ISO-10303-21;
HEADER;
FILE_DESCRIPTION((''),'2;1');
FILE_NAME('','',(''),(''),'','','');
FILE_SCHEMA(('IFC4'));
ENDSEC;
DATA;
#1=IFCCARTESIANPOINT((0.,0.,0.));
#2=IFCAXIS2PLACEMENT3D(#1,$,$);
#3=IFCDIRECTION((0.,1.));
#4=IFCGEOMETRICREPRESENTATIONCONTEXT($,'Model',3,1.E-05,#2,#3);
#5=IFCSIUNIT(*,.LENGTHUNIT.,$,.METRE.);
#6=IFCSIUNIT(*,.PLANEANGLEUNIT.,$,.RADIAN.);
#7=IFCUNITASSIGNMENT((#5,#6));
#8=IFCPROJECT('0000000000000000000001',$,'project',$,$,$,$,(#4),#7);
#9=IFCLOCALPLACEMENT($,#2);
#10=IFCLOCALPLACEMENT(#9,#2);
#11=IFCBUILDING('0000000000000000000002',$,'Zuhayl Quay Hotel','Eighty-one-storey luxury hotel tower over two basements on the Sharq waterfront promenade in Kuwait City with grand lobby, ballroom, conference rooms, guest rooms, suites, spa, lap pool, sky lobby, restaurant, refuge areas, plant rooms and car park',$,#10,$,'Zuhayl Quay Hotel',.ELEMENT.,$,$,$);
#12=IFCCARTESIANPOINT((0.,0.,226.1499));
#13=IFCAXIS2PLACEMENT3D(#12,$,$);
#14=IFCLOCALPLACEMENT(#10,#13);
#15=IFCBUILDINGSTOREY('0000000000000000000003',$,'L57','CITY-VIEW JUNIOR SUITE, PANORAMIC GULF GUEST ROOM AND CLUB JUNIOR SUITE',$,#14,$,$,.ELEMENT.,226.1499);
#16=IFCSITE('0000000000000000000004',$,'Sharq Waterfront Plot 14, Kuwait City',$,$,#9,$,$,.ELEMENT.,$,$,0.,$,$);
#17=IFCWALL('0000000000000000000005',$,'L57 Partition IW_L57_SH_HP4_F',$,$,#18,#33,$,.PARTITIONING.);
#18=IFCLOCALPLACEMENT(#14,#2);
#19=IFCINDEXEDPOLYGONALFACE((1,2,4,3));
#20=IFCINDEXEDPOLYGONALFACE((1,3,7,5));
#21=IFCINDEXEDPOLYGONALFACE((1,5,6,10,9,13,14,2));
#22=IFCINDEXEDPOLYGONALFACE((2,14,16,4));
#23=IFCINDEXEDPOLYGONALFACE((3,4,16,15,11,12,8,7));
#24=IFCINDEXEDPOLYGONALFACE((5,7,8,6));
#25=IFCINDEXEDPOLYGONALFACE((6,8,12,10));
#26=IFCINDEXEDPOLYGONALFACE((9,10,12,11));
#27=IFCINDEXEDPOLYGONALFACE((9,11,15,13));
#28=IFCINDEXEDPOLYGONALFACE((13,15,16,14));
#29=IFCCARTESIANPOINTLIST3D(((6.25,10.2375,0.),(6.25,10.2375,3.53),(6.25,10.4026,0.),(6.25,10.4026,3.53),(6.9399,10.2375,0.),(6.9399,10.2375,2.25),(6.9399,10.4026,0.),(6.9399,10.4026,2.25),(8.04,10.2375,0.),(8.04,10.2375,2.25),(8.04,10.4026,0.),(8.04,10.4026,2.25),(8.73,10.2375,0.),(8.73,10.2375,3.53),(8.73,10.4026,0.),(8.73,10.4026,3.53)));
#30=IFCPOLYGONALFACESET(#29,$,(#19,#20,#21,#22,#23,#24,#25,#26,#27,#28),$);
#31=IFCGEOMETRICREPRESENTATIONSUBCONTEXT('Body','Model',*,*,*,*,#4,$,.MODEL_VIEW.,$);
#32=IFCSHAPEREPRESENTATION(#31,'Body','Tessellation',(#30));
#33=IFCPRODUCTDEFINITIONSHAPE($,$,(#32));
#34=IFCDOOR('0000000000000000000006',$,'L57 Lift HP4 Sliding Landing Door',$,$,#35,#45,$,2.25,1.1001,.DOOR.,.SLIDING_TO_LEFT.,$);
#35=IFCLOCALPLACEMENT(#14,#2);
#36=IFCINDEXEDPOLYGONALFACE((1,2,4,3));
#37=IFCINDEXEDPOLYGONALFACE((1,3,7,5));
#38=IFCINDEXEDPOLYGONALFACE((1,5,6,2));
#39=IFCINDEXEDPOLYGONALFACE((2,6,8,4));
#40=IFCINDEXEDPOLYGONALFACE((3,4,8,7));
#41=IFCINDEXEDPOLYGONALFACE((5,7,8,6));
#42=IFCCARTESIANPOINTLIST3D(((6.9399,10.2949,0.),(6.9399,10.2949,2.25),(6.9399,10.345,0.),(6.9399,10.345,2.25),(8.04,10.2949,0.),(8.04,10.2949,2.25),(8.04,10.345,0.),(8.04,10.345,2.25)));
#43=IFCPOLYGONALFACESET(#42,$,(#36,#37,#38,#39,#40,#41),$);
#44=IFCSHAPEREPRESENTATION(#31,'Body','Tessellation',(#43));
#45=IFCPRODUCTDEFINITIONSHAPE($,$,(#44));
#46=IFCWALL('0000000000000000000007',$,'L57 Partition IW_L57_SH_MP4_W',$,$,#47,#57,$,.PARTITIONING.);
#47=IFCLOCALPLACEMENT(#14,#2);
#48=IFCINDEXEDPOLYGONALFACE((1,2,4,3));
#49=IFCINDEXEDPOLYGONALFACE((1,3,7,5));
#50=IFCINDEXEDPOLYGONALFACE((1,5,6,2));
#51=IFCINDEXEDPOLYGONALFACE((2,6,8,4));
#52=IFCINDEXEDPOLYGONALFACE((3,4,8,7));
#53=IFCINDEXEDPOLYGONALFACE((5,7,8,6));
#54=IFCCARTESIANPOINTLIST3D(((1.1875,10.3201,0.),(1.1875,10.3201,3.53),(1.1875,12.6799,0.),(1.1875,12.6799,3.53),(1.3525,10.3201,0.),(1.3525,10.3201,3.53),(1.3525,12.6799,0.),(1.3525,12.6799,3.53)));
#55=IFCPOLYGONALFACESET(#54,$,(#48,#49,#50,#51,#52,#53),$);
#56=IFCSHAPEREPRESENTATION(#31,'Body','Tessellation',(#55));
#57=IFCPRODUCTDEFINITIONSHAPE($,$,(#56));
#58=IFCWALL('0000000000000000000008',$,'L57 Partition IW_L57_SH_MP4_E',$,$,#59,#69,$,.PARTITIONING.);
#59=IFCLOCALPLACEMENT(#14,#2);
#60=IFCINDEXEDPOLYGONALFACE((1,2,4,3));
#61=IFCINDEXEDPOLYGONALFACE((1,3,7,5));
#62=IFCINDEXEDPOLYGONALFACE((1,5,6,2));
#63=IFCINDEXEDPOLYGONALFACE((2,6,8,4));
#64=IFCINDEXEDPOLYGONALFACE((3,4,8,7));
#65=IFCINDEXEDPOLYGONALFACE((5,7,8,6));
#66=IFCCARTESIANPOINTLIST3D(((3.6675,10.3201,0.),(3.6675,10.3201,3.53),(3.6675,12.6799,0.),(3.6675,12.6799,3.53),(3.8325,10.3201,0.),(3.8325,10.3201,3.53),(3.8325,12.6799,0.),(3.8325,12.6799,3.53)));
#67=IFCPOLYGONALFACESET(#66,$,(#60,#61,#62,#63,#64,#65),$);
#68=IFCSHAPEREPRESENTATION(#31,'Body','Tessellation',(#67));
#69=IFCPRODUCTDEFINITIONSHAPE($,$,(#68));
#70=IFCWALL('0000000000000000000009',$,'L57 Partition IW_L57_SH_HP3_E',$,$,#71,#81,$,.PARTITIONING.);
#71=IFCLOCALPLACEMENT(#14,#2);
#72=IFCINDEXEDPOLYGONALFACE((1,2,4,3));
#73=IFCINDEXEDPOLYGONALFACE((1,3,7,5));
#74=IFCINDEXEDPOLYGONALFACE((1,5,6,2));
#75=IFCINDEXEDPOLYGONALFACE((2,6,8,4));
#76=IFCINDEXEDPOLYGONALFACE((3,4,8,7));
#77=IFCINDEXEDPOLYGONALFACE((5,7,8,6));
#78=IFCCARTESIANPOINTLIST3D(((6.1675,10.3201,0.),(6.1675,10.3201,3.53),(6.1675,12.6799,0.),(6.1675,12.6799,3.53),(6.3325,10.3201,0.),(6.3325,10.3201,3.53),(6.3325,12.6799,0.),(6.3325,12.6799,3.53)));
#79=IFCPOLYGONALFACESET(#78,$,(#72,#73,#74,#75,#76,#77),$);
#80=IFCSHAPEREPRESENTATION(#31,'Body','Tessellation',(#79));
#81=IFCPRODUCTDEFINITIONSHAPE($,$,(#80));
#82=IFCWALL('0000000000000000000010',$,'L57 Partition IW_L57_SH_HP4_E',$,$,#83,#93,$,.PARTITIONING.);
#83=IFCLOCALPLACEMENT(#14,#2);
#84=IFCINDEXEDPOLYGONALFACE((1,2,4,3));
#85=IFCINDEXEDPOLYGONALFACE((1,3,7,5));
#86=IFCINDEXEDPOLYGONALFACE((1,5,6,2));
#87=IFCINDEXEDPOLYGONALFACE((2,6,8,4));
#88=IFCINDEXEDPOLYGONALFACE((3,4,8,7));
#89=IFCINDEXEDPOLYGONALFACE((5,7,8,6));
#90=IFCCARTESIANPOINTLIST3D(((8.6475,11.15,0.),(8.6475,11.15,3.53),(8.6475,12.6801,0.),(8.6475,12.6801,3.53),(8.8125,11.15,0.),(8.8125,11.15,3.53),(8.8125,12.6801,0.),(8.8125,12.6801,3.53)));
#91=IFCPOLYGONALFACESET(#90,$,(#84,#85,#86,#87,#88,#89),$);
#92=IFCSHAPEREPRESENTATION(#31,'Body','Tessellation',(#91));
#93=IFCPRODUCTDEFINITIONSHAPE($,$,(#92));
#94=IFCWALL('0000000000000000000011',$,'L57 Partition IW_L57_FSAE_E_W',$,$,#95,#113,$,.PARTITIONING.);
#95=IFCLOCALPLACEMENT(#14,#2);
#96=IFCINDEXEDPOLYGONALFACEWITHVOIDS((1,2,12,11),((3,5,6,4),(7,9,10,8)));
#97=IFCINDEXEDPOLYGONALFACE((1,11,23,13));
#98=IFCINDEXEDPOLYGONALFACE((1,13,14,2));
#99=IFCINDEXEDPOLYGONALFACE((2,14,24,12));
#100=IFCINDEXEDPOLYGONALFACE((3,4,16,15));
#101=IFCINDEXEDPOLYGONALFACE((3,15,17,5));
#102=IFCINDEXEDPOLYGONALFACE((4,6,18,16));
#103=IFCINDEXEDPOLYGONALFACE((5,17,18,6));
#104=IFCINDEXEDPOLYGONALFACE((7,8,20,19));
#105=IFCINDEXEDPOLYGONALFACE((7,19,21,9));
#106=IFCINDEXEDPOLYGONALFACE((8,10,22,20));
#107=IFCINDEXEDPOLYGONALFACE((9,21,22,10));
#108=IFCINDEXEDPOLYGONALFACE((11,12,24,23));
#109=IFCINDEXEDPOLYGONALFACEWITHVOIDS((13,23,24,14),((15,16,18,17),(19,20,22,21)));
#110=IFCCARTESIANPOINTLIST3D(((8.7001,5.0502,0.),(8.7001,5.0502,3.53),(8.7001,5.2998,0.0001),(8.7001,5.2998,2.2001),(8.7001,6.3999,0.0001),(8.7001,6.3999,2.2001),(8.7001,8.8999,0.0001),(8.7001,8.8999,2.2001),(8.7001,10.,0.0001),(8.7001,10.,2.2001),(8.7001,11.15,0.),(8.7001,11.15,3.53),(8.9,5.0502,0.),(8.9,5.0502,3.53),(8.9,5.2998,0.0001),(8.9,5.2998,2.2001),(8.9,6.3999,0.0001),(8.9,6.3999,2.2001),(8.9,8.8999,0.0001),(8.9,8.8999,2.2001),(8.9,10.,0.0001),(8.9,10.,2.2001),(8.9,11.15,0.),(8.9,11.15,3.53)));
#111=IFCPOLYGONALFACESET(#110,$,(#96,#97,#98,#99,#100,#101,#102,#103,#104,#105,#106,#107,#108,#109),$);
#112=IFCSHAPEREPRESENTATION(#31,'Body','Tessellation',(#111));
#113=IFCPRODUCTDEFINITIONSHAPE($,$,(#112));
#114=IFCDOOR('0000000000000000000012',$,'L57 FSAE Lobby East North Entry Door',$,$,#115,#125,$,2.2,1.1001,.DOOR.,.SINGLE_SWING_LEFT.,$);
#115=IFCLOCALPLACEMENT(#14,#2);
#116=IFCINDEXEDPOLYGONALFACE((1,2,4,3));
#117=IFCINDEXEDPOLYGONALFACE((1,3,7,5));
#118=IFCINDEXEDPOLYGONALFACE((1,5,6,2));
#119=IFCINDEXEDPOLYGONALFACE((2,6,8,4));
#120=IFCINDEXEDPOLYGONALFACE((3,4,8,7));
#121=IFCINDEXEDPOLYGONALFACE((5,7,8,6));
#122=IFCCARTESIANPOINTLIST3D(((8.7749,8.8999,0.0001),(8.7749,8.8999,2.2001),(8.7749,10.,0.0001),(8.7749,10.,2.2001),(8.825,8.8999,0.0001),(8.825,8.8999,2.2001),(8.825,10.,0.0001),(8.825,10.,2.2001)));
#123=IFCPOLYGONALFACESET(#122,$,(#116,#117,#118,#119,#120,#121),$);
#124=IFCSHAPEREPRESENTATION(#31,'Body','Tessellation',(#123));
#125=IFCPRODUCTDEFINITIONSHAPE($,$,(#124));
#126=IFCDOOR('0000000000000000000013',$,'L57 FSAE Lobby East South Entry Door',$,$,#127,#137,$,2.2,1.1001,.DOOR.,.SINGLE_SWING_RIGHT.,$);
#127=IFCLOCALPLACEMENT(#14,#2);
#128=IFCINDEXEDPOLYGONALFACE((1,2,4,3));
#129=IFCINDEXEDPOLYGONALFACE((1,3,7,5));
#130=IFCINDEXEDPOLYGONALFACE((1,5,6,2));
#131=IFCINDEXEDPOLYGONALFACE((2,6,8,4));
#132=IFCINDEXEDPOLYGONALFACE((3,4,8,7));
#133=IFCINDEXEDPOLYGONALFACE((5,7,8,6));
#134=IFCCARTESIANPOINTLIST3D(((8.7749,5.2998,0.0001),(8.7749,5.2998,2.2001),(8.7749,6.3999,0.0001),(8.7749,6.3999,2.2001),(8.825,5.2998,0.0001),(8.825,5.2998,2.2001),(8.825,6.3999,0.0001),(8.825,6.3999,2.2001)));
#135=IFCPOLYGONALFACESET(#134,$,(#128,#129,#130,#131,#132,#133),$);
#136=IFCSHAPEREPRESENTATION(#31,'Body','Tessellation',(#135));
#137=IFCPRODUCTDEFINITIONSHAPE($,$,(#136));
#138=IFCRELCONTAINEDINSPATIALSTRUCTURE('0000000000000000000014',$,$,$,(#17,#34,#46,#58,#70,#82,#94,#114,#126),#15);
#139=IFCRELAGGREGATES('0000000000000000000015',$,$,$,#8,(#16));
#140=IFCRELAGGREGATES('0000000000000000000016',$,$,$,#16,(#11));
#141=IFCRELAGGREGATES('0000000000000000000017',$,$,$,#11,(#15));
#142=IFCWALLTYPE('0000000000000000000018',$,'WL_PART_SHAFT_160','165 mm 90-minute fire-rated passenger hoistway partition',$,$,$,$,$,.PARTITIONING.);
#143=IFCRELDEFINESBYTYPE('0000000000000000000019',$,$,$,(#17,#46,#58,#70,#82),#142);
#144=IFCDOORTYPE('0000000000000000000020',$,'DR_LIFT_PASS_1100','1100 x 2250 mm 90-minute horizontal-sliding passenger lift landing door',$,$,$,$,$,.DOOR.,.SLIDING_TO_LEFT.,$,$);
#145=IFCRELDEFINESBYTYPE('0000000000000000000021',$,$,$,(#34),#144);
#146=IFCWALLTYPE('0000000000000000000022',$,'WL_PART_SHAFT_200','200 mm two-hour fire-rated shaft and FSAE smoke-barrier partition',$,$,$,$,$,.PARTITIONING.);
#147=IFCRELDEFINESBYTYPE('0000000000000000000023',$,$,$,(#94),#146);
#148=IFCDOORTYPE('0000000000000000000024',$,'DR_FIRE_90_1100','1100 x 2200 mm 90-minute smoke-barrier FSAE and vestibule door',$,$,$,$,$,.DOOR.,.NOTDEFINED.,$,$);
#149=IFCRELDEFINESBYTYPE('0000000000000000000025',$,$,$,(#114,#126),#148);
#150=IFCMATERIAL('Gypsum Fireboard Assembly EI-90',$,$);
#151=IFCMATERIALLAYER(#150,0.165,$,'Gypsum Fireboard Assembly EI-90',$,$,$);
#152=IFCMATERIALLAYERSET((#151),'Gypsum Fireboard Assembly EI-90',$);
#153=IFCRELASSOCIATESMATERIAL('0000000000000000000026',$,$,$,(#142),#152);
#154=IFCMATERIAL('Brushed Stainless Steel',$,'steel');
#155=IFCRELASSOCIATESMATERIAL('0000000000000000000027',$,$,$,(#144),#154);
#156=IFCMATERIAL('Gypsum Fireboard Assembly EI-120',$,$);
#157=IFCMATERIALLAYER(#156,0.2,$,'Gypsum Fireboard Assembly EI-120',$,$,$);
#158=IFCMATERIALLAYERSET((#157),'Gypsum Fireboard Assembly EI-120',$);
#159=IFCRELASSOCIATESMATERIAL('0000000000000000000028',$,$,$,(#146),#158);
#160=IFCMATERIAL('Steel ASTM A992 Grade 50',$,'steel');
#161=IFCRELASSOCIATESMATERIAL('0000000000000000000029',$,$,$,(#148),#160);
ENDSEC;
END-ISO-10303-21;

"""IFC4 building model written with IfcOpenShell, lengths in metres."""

from ifc_helpers import new_model, si_unit, direction, frame, frame_2d, origin, place, context, subcontext, project, spatial, rectangle, extrude, material, layer, layer_set, type_object, element, fill, save


model = new_model("IFC4")

# Units and contexts
model_context = context("Model", 3, precision=1e-05, world=origin(), true_north=direction((0.0, 1.0)))
body_context = subcontext(model_context, "Body", "Model", "MODEL_VIEW")
ifc_project = project(units=[si_unit("LENGTHUNIT", "METRE"), si_unit("PLANEANGLEUNIT", "RADIAN")], contexts=[model_context])

# Site, building, storey
site_placement = place(None, origin())
site = spatial("IfcSite", under=ifc_project, at=site_placement, Name="Sharq Waterfront Plot 14, Kuwait City", CompositionType="ELEMENT", RefElevation=0.0)
building_placement = place(site_placement, origin())
building = spatial("IfcBuilding", under=site, at=building_placement, Name="Zuhayl Quay Hotel", Description="Eighty-one-storey luxury hotel tower over two basements on the Sharq waterfront promenade in Kuwait City with grand lobby, ballroom, conference rooms, guest rooms, suites, spa, lap pool, sky lobby, restaurant, refuge areas, plant rooms and car park", LongName="Zuhayl Quay Hotel", CompositionType="ELEMENT")
storey_placement = place(building_placement, frame((0.0, 0.0, 226.1499)))
storey = spatial("IfcBuildingStorey", under=building, at=storey_placement, Name="L57", Description="CITY-VIEW JUNIOR SUITE, PANORAMIC GULF GUEST ROOM AND CLUB JUNIOR SUITE", CompositionType="ELEMENT", Elevation=226.1499)

# Shared definitions
ifc_material_1 = material(Name="Steel ASTM A992 Grade 50", Category="steel")

# Wall, opening, door
ifc_material_2 = material(Name="Gypsum Fireboard Assembly EI-90")
ifc_layer_1 = layer(ifc_material_2, 0.165, Name="Gypsum Fireboard Assembly EI-90")
ifc_layer_set_1 = layer_set([ifc_layer_1], Name="Gypsum Fireboard Assembly EI-90")
wall_type_1 = type_object("IfcWallType", Name="WL_PART_SHAFT_160", Description="165 mm 90-minute fire-rated passenger hoistway partition", PredefinedType="PARTITIONING", material=ifc_layer_set_1)
ifc_material_3 = material(Name="Brushed Stainless Steel", Category="steel")
door_type_1 = type_object("IfcDoorType", Name="DR_LIFT_PASS_1100", Description="1100 x 2250 mm 90-minute horizontal-sliding passenger lift landing door", OperationType="SLIDING_TO_LEFT", PredefinedType="DOOR", material=ifc_material_3)
wall_1_placement = place(storey_placement, frame((6.25, 10.3201, 0.0), z_axis=(0.0, 0.0, 1.0), x_axis=(1.0, 0.0, 0.0)))
wall_1 = element("IfcWall", 1, at=wall_1_placement, inside=storey, type_object=wall_type_1, Name="L57 Partition IW_L57_SH_HP4_F", PredefinedType="PARTITIONING", context=body_context, shape_type="SweptSolid", body=[
    extrude(rectangle(XDim=2.48, YDim=0.165, at=frame_2d((1.24, 0.0))), origin(), (0.0, 0.0, 1.0), 3.53),
])
opening_1_placement = place(wall_1_placement, frame((0.6899, 0.0, 0.0)))
opening_1 = element("IfcOpeningElement", 2, at=opening_1_placement, cuts=wall_1, PredefinedType="OPENING", context=body_context, shape_type="SweptSolid", body=[
    extrude(rectangle(XDim=1.1001, YDim=2.25, at=frame_2d((0.55, 1.125))), frame((0.0, 0.0925, 0.0), z_axis=(0.0, -1.0, 0.0), x_axis=(1.0, 0.0, 0.0)), (0.0, 0.0, 1.0), 0.1851),
])
door_1_placement = place(opening_1_placement, origin())
door_1 = element("IfcDoor", 3, at=door_1_placement, inside=storey, type_object=door_type_1, Name="L57 Lift HP4 Sliding Landing Door", OperationType="SLIDING_TO_LEFT", OverallHeight=2.25, OverallWidth=1.1001, PredefinedType="DOOR", context=body_context, shape_type="SweptSolid", body=[
    extrude(rectangle(XDim=1.1001, YDim=2.25, at=frame_2d((0.55, 1.125))), frame((0.0, 0.0249, 0.0), z_axis=(0.0, -1.0, 0.0), x_axis=(1.0, 0.0, 0.0)), (0.0, 0.0, 1.0), 0.05),
])
fill(opening_1, door_1)

# Walls
for number, where, z_axis, x_axis, name in (
    (4, (1.27, 10.3201, 0.0), (0.0, 0.0, 1.0), (0.0, 1.0, 0.0), "L57 Partition IW_L57_SH_MP4_W"),
    (5, (3.75, 10.3201, 0.0), (0.0, 0.0, 1.0), (0.0, 1.0, 0.0), "L57 Partition IW_L57_SH_MP4_E"),
    (6, (6.25, 10.3201, 0.0), (0.0, 0.0, 1.0), (0.0, 1.0, 0.0), "L57 Partition IW_L57_SH_HP3_E"),
):
    element("IfcWall", number, at=place(storey_placement, frame(where, z_axis=z_axis, x_axis=x_axis)), inside=storey, type_object=wall_type_1, Name=name, PredefinedType="PARTITIONING", context=body_context, shape_type="SweptSolid", body=[
        extrude(rectangle(XDim=2.3599, YDim=0.165, at=frame_2d((1.1799, 0.0))), origin(), (0.0, 0.0, 1.0), 3.53),
    ])
wall_2_placement = place(storey_placement, frame((8.73, 11.1499, 0.0), z_axis=(0.0, 0.0, 1.0), x_axis=(0.0, 1.0, 0.0)))
element("IfcWall", 7, at=wall_2_placement, inside=storey, type_object=wall_type_1, Name="L57 Partition IW_L57_SH_HP4_E", PredefinedType="PARTITIONING", context=body_context, shape_type="SweptSolid", body=[
    extrude(rectangle(XDim=1.53, YDim=0.165, at=frame_2d((0.7651, 0.0))), origin(), (0.0, 0.0, 1.0), 3.53),
])

# Wall, openings, doors
ifc_material_4 = material(Name="Gypsum Fireboard Assembly EI-120")
ifc_layer_2 = layer(ifc_material_4, 0.2, Name="Gypsum Fireboard Assembly EI-120")
ifc_layer_set_2 = layer_set([ifc_layer_2], Name="Gypsum Fireboard Assembly EI-120")
wall_type_2 = type_object("IfcWallType", Name="WL_PART_SHAFT_200", Description="200 mm two-hour fire-rated shaft and FSAE smoke-barrier partition", PredefinedType="PARTITIONING", material=ifc_layer_set_2)
wall_3_placement = place(storey_placement, frame((8.8, 11.1499, 0.0), z_axis=(0.0, 0.0, 1.0), x_axis=(0.0, -1.0, 0.0)))
wall_3 = element("IfcWall", 8, at=wall_3_placement, inside=storey, type_object=wall_type_2, Name="L57 Partition IW_L57_FSAE_E_W", PredefinedType="PARTITIONING", context=body_context, shape_type="SweptSolid", body=[
    extrude(rectangle(XDim=6.0999, YDim=0.2, at=frame_2d((3.0498, 0.0))), origin(), (0.0, 0.0, 1.0), 3.53),
])
opening_2_placement = place(wall_3_placement, frame((1.1499, 0.0, 0.0)))
opening_2 = element("IfcOpeningElement", 9, at=opening_2_placement, cuts=wall_3, PredefinedType="OPENING", context=body_context, shape_type="SweptSolid", body=[
    extrude(rectangle(XDim=1.1001, YDim=2.2, at=frame_2d((0.55, 1.1001))), frame((0.0, 0.1099, 0.0), z_axis=(0.0, -1.0, 0.0), x_axis=(1.0, 0.0, 0.0)), (0.0, 0.0, 1.0), 0.22),
])
opening_3_placement = place(wall_3_placement, frame((4.75, 0.0, 0.0)))
opening_3 = element("IfcOpeningElement", 10, at=opening_3_placement, cuts=wall_3, PredefinedType="OPENING", context=body_context, shape_type="SweptSolid", body=[
    extrude(rectangle(XDim=1.1001, YDim=2.2, at=frame_2d((0.55, 1.1001))), frame((0.0, 0.1099, 0.0), z_axis=(0.0, -1.0, 0.0), x_axis=(1.0, 0.0, 0.0)), (0.0, 0.0, 1.0), 0.22),
])
door_type_2 = type_object("IfcDoorType", Name="DR_FIRE_90_1100", Description="1100 x 2200 mm 90-minute smoke-barrier FSAE and vestibule door", OperationType="NOTDEFINED", PredefinedType="DOOR", material=ifc_material_1)
door_2_placement = place(opening_2_placement, origin())
door_2 = element("IfcDoor", 11, at=door_2_placement, inside=storey, type_object=door_type_2, Name="L57 FSAE Lobby East North Entry Door", OperationType="SINGLE_SWING_LEFT", OverallHeight=2.2, OverallWidth=1.1001, PredefinedType="DOOR", context=body_context, shape_type="SweptSolid", body=[
    extrude(rectangle(XDim=1.1001, YDim=2.2, at=frame_2d((0.55, 1.1001))), frame((0.0, 0.0249, 0.0), z_axis=(0.0, -1.0, 0.0), x_axis=(1.0, 0.0, 0.0)), (0.0, 0.0, 1.0), 0.05),
])
fill(opening_2, door_2)
door_3_placement = place(opening_3_placement, origin())
door_3 = element("IfcDoor", 12, at=door_3_placement, inside=storey, type_object=door_type_2, Name="L57 FSAE Lobby East South Entry Door", OperationType="SINGLE_SWING_RIGHT", OverallHeight=2.2, OverallWidth=1.1001, PredefinedType="DOOR", context=body_context, shape_type="SweptSolid", body=[
    extrude(rectangle(XDim=1.1001, YDim=2.2, at=frame_2d((0.55, 1.1001))), frame((0.0, 0.0249, 0.0), z_axis=(0.0, -1.0, 0.0), x_axis=(1.0, 0.0, 0.0)), (0.0, 0.0, 1.0), 0.05),
])
fill(opening_3, door_3)

save(model, "model.ifc")
